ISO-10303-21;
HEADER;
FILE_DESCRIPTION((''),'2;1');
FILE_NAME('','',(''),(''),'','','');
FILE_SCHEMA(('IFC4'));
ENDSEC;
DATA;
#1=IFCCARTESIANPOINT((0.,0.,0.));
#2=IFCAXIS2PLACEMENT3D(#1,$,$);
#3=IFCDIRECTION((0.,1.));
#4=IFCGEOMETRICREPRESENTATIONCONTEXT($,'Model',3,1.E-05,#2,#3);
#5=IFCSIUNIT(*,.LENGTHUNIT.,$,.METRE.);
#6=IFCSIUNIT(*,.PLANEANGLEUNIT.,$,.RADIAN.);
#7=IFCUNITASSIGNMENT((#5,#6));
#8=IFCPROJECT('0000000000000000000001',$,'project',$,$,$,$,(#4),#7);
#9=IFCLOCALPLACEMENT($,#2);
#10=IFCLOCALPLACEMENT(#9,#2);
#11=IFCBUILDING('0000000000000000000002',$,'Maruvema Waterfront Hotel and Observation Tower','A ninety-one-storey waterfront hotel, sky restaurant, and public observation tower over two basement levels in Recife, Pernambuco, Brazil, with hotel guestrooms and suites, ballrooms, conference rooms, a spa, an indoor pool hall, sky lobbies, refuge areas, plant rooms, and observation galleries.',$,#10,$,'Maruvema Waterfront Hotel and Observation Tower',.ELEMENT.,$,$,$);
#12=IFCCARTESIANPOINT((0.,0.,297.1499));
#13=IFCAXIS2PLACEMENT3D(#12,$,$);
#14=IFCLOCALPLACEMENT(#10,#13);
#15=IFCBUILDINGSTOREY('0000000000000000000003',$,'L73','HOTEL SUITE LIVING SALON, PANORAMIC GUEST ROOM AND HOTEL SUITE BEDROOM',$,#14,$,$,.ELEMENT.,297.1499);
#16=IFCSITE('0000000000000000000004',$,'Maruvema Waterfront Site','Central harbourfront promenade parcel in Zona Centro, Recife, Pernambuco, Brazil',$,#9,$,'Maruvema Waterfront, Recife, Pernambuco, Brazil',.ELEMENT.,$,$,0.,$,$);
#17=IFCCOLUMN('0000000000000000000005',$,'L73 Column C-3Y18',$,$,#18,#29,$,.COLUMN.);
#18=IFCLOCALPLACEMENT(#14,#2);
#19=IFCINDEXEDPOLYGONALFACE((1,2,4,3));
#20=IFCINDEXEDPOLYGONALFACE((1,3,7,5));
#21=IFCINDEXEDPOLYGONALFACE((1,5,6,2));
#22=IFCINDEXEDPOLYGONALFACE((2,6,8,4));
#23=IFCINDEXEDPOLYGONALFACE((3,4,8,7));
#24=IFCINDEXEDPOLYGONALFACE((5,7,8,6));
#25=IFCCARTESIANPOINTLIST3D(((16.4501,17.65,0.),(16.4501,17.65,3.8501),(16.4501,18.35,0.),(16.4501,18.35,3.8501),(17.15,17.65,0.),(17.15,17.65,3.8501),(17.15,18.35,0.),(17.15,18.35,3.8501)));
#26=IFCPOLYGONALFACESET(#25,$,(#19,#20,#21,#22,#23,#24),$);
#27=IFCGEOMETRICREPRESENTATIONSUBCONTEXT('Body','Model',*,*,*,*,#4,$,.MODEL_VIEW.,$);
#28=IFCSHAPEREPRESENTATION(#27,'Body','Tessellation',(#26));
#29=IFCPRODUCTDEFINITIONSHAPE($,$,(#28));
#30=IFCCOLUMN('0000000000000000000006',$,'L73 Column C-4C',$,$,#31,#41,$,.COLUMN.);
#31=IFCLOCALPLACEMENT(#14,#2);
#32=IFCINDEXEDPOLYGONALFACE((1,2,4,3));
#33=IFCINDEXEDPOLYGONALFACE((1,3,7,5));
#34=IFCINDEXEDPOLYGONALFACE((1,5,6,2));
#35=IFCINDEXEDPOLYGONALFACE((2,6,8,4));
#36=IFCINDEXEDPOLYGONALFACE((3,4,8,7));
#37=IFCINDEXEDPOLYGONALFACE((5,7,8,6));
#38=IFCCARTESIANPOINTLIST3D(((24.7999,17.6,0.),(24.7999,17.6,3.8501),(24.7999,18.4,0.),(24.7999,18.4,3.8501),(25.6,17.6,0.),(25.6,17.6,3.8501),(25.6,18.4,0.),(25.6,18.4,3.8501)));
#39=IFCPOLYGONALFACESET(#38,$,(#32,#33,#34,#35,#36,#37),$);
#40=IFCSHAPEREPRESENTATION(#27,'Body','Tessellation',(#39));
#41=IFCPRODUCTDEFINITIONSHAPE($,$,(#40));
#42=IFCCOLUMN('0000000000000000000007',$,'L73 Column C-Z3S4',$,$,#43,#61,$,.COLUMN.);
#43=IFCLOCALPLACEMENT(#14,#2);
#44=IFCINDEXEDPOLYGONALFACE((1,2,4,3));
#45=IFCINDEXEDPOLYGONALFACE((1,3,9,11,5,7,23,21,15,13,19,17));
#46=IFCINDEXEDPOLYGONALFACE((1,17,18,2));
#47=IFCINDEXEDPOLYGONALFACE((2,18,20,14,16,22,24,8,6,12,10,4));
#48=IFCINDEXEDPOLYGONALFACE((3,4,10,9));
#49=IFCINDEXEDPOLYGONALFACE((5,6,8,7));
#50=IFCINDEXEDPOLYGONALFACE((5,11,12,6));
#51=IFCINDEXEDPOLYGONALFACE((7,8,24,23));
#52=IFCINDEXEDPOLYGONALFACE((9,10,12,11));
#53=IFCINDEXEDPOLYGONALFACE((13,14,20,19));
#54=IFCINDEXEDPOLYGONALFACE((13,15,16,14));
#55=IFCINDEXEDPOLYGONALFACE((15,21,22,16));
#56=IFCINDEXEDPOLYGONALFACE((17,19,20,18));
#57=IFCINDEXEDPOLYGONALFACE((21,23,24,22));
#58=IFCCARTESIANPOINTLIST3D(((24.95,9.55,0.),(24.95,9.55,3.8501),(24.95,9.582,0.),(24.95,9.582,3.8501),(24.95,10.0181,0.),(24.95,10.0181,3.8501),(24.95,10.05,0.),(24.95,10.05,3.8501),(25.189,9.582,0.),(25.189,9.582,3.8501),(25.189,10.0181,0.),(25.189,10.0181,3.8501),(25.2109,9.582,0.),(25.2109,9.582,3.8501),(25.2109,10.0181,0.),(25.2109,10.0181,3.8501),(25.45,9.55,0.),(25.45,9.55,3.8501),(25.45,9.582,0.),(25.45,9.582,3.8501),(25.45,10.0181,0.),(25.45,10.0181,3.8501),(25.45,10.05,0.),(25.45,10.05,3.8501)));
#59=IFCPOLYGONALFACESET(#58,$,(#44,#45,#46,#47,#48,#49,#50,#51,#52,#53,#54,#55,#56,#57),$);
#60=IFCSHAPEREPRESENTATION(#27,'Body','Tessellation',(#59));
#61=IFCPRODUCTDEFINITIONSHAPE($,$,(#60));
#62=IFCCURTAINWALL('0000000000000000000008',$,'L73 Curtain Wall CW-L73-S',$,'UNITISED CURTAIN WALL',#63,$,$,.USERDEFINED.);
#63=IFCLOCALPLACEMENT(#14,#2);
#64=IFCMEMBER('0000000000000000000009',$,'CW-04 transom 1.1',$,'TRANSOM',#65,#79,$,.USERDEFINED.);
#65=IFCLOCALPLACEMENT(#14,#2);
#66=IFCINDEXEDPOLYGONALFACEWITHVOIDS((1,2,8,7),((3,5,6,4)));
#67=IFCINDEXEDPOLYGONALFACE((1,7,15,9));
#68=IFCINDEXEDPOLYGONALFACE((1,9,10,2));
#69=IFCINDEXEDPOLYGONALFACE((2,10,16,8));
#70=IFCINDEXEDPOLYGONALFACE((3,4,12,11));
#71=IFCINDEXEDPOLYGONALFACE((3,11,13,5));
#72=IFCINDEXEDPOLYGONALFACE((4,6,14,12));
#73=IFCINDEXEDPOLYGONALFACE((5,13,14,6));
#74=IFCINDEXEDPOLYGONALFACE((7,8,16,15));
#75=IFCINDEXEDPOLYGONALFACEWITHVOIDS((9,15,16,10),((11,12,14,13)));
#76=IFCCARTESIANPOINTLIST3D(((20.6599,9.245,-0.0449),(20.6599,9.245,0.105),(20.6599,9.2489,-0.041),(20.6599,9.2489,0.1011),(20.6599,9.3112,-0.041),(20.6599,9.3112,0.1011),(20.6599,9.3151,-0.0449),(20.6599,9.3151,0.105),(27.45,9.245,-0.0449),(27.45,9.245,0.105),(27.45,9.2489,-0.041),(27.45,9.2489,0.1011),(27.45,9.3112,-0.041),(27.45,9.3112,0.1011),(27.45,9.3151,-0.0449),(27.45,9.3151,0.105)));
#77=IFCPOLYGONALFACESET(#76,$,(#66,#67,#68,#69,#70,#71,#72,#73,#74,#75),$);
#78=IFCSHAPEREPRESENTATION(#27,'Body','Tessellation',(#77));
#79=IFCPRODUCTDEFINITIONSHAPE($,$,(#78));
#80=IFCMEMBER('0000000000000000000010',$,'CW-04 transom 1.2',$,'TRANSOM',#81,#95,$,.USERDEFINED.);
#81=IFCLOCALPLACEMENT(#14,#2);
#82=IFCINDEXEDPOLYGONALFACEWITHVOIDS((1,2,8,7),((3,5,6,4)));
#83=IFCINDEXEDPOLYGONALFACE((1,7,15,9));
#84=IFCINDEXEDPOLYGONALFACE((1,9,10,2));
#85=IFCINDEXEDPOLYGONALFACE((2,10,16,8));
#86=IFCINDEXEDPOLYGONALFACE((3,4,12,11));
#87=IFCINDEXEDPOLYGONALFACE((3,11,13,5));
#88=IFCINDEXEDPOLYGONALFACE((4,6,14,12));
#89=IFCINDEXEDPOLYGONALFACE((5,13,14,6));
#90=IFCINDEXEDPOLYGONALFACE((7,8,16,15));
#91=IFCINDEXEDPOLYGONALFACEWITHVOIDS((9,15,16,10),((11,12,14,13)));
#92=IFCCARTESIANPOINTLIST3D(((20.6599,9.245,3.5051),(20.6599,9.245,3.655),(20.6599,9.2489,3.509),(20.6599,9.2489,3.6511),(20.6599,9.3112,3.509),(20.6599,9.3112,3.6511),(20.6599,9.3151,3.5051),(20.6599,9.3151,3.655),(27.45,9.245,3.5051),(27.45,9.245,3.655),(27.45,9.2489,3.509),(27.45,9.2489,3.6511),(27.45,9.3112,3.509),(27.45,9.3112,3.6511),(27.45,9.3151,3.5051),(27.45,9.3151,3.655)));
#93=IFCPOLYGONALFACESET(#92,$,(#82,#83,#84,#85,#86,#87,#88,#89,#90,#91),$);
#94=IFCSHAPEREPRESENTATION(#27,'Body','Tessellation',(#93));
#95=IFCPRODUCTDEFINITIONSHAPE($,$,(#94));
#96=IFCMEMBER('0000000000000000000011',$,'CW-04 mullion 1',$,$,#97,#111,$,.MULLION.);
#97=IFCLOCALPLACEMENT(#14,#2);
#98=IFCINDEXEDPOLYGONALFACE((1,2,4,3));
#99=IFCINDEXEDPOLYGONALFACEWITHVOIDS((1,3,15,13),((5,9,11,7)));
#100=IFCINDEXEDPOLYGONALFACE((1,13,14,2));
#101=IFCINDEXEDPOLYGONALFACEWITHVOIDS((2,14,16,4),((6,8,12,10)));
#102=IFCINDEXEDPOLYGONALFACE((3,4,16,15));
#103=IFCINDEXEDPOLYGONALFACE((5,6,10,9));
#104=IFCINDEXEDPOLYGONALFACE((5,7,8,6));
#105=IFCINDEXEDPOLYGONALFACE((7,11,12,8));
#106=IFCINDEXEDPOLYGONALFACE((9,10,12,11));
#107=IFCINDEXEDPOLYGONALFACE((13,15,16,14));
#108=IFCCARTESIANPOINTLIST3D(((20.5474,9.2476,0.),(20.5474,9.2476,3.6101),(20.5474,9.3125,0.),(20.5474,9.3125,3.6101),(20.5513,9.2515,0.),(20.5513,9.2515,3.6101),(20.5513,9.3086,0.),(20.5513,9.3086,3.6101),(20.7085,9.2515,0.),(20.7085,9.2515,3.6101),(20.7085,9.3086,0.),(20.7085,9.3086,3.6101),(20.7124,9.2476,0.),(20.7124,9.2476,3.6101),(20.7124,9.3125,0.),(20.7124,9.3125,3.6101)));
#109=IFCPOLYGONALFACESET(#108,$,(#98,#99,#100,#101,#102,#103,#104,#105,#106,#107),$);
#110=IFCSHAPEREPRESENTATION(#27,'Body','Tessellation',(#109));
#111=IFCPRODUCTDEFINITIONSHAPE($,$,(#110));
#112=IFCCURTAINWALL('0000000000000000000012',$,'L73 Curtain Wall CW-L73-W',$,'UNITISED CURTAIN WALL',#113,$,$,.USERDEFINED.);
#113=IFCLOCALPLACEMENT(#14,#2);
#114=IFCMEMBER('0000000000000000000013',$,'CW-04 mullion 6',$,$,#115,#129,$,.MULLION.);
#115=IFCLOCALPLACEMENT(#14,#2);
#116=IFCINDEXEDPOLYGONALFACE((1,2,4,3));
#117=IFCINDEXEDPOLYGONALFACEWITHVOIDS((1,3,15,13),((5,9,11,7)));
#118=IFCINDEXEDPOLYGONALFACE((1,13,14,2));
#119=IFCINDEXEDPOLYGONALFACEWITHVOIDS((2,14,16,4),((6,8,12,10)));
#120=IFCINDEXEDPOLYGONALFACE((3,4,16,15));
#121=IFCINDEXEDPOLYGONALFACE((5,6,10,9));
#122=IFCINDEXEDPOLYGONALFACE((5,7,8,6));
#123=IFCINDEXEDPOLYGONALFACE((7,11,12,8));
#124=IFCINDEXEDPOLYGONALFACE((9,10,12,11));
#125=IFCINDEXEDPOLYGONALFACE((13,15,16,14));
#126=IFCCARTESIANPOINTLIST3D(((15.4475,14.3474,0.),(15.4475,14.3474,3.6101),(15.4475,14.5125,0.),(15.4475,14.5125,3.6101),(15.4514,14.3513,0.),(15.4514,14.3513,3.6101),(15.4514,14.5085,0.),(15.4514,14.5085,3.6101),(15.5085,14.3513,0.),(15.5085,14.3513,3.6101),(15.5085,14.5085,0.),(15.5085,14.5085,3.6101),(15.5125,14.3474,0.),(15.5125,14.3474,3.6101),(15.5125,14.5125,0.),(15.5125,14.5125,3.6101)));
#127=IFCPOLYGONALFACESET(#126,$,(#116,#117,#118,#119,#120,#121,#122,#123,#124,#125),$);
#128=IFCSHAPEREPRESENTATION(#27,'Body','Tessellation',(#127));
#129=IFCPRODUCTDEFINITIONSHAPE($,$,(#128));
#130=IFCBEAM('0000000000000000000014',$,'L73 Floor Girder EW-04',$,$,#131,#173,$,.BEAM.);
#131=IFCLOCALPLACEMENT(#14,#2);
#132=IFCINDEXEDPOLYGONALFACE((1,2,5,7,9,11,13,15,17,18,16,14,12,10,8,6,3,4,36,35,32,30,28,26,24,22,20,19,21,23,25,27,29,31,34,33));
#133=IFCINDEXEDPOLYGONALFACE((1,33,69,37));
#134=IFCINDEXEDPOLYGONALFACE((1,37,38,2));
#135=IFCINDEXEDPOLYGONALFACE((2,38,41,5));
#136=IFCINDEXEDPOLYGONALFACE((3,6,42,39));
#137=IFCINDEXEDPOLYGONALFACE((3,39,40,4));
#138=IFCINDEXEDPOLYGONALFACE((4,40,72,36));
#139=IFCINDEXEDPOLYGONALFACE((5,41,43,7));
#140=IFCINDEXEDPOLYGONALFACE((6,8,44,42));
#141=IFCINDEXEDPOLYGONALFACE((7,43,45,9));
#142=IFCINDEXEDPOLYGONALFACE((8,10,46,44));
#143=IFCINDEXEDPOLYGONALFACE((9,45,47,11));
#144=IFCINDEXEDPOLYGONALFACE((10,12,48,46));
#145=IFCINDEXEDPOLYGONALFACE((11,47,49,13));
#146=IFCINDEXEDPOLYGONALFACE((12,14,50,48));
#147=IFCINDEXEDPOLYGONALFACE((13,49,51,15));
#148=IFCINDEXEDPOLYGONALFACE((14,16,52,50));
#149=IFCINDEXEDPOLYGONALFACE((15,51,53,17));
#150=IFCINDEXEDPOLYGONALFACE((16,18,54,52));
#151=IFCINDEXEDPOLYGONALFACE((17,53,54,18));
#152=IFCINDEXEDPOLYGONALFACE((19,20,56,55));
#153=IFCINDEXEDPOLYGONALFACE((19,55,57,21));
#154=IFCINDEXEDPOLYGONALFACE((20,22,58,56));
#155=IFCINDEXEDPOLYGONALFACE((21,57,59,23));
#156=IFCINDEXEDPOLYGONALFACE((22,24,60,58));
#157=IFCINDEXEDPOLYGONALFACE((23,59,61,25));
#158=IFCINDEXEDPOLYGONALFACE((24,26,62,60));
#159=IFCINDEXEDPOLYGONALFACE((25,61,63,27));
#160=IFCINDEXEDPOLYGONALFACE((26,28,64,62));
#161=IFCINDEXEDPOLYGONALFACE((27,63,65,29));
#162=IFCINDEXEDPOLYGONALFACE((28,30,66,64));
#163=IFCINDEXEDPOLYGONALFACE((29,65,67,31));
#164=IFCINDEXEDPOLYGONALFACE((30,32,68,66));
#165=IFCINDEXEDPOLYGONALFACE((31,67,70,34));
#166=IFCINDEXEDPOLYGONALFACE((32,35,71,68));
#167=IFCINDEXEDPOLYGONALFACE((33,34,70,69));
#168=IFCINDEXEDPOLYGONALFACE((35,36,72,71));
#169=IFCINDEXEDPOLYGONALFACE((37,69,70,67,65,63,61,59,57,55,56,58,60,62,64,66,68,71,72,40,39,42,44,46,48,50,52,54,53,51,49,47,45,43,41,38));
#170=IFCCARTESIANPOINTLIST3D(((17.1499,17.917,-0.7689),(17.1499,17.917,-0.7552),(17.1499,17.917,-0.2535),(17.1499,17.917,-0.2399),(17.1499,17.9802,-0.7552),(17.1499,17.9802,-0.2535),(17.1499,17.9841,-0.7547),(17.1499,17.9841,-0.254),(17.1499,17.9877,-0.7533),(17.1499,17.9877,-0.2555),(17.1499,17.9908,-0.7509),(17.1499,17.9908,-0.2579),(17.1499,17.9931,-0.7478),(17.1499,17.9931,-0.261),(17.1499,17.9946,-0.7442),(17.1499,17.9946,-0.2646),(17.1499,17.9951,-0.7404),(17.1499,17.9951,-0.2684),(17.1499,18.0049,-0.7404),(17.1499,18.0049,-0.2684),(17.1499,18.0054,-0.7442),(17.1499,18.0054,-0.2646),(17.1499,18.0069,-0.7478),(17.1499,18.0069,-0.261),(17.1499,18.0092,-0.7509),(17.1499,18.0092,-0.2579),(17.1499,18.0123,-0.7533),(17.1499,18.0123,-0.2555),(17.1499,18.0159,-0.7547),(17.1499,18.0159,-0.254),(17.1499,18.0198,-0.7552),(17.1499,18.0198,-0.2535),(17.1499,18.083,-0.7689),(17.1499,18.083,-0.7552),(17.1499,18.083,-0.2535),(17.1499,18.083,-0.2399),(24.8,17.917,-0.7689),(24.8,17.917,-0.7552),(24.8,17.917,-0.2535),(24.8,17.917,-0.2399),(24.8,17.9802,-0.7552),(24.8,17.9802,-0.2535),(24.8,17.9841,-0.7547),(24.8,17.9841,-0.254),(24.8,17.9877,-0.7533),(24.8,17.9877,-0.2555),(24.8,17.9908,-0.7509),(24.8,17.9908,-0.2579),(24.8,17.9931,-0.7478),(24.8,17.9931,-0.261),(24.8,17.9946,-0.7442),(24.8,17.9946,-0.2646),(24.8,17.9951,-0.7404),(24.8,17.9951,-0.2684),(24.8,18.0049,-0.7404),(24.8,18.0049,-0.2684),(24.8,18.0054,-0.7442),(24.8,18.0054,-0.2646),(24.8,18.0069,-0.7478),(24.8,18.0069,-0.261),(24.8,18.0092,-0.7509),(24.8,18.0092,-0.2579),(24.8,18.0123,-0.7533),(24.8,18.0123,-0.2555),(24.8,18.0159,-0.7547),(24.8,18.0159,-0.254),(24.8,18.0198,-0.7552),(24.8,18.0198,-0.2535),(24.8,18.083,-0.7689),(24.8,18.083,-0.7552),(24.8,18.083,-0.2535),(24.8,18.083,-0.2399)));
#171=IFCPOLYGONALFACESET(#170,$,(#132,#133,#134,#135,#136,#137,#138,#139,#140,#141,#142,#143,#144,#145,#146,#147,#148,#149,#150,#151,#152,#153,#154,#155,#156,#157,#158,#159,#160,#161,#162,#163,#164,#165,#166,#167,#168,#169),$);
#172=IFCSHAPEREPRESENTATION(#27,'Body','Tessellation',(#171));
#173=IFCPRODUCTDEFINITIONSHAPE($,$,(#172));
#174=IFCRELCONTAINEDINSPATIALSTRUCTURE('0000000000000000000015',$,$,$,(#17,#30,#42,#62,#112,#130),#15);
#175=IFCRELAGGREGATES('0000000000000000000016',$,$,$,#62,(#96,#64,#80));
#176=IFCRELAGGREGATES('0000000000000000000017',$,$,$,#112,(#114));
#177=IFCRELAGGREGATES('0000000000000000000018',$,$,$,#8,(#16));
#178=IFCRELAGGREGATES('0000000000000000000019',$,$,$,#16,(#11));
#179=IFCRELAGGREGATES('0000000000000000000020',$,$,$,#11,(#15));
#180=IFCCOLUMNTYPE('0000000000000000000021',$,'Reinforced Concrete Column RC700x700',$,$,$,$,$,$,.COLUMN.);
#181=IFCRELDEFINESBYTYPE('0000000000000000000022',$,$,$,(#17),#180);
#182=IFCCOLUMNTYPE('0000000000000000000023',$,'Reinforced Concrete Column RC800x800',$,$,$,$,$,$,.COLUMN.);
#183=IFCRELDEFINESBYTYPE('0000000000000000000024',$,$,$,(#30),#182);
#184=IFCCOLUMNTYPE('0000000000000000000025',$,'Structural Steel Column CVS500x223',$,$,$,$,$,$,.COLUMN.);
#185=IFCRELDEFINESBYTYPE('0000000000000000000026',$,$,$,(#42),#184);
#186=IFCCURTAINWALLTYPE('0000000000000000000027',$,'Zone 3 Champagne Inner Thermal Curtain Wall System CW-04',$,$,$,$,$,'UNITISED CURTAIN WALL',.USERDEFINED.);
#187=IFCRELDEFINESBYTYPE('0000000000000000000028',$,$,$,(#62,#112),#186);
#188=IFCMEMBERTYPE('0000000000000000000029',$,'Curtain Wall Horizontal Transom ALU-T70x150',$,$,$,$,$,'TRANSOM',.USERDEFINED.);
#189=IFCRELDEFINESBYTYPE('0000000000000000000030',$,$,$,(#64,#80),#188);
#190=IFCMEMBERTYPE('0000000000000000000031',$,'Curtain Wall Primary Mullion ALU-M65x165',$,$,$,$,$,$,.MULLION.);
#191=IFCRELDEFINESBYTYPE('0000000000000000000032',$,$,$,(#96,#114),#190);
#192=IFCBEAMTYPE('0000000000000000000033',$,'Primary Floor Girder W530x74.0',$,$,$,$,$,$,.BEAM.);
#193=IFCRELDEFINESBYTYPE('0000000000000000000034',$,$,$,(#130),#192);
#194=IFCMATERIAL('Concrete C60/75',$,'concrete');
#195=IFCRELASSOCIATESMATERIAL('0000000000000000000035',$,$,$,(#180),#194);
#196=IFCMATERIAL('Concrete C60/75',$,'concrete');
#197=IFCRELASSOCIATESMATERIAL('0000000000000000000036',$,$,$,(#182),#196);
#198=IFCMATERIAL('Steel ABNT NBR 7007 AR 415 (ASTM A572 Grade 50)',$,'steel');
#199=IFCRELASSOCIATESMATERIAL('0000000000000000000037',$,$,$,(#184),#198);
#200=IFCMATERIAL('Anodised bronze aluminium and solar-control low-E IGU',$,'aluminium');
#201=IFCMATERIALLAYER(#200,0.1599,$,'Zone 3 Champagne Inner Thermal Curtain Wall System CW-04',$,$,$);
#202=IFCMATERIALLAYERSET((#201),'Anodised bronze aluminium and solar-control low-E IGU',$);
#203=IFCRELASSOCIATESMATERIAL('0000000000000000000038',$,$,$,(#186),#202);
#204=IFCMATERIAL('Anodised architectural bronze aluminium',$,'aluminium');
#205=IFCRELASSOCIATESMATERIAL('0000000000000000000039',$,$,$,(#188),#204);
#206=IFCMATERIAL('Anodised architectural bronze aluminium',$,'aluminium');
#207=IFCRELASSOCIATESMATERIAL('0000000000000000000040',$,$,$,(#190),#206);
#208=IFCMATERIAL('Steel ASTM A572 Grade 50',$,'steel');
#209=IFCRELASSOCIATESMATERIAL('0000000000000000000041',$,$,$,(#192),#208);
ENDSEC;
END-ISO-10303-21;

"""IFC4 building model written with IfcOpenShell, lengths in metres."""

from ifc_helpers import new_model, si_unit, direction, frame, origin, origin_2d, place, context, subcontext, project, spatial, rectangle, hollow_rectangle, i_section, extrude, material, layer, layer_set, material_profile, profile_set, type_object, element, aggregate, save


model = new_model("IFC4")

# Units and contexts
model_context = context("Model", 3, precision=1e-05, world=origin(), true_north=direction((0.0, 1.0)))
body_context = subcontext(model_context, "Body", "Model", "MODEL_VIEW")
ifc_project = project(units=[si_unit("LENGTHUNIT", "METRE"), si_unit("PLANEANGLEUNIT", "RADIAN")], contexts=[model_context])

# Site, building, storey
site_placement = place(None, origin())
site = spatial("IfcSite", under=ifc_project, at=site_placement, Name="Maruvema Waterfront Site", Description="Central harbourfront promenade parcel in Zona Centro, Recife, Pernambuco, Brazil", LongName="Maruvema Waterfront, Recife, Pernambuco, Brazil", CompositionType="ELEMENT", RefElevation=0.0)
building_placement = place(site_placement, origin())
building = spatial("IfcBuilding", under=site, at=building_placement, Name="Maruvema Waterfront Hotel and Observation Tower", Description="A ninety-one-storey waterfront hotel, sky restaurant, and public observation tower over two basement levels in Recife, Pernambuco, Brazil, with hotel guestrooms and suites, ballrooms, conference rooms, a spa, an indoor pool hall, sky lobbies, refuge areas, plant rooms, and observation galleries.", LongName="Maruvema Waterfront Hotel and Observation Tower", CompositionType="ELEMENT")
storey_placement = place(building_placement, frame((0.0, 0.0, 297.1499)))
storey = spatial("IfcBuildingStorey", under=building, at=storey_placement, Name="L73", Description="HOTEL SUITE LIVING SALON, PANORAMIC GUEST ROOM AND HOTEL SUITE BEDROOM", CompositionType="ELEMENT", Elevation=297.1499)

# Columns
ifc_material_1 = material(Name="Concrete C60/75", Category="concrete")
ifc_material_profile_1 = material_profile(ifc_material_1, rectangle(XDim=0.7, YDim=0.7, at=origin_2d()), Name="RC700x700")
ifc_profile_set_1 = profile_set([ifc_material_profile_1], Name="Concrete C60/75")
column_type_1 = type_object("IfcColumnType", Name="Reinforced Concrete Column RC700x700", PredefinedType="COLUMN", material=ifc_profile_set_1)
column_1_placement = place(storey_placement, frame((16.8, 18.0, 0.0), z_axis=(0.0, 0.0, 1.0), x_axis=(1.0, 0.0, 0.0)))
element("IfcColumn", 1, at=column_1_placement, inside=storey, type_object=column_type_1, Name="L73 Column C-3Y18", PredefinedType="COLUMN", context=body_context, shape_type="SweptSolid", body=[
    extrude(rectangle(XDim=0.7, YDim=0.7, at=origin_2d()), origin(), (0.0, 0.0, 1.0), 3.8501),
])
ifc_material_2 = material(Name="Concrete C60/75", Category="concrete")
ifc_material_profile_2 = material_profile(ifc_material_2, rectangle(XDim=0.8, YDim=0.8, at=origin_2d()), Name="RC800x800")
ifc_profile_set_2 = profile_set([ifc_material_profile_2], Name="Concrete C60/75")
column_type_2 = type_object("IfcColumnType", Name="Reinforced Concrete Column RC800x800", PredefinedType="COLUMN", material=ifc_profile_set_2)
column_2_placement = place(storey_placement, frame((25.2, 18.0, 0.0), z_axis=(0.0, 0.0, 1.0), x_axis=(1.0, 0.0, 0.0)))
element("IfcColumn", 2, at=column_2_placement, inside=storey, type_object=column_type_2, Name="L73 Column C-4C", PredefinedType="COLUMN", context=body_context, shape_type="SweptSolid", body=[
    extrude(rectangle(XDim=0.8, YDim=0.8, at=origin_2d()), origin(), (0.0, 0.0, 1.0), 3.8501),
])
ifc_material_3 = material(Name="Steel ABNT NBR 7007 AR 415 (ASTM A572 Grade 50)", Category="steel")
ifc_material_profile_3 = material_profile(ifc_material_3, i_section(OverallWidth=0.5, OverallDepth=0.5, WebThickness=0.022, FlangeThickness=0.032, at=origin_2d()), Name="CVS500x223")
ifc_profile_set_3 = profile_set([ifc_material_profile_3], Name="Steel ABNT NBR 7007 AR 415 (ASTM A572 Grade 50)")
column_type_3 = type_object("IfcColumnType", Name="Structural Steel Column CVS500x223", PredefinedType="COLUMN", material=ifc_profile_set_3)
column_3_placement = place(storey_placement, frame((25.2, 9.8, 0.0), z_axis=(0.0, 0.0, 1.0), x_axis=(1.0, 0.0, 0.0)))
element("IfcColumn", 3, at=column_3_placement, inside=storey, type_object=column_type_3, Name="L73 Column C-Z3S4", PredefinedType="COLUMN", context=body_context, shape_type="SweptSolid", body=[
    extrude(i_section(OverallWidth=0.5, OverallDepth=0.5, WebThickness=0.022, FlangeThickness=0.032, at=origin_2d()), origin(), (0.0, 0.0, 1.0), 3.8501),
])

# Curtain wall, members
ifc_material_4 = material(Name="Anodised bronze aluminium and solar-control low-E IGU", Category="aluminium")
ifc_layer_1 = layer(ifc_material_4, 0.1599, Name="Zone 3 Champagne Inner Thermal Curtain Wall System CW-04")
ifc_layer_set_1 = layer_set([ifc_layer_1], Name="Anodised bronze aluminium and solar-control low-E IGU")
curtain_wall_type = type_object("IfcCurtainWallType", Name="Zone 3 Champagne Inner Thermal Curtain Wall System CW-04", ElementType="UNITISED CURTAIN WALL", PredefinedType="USERDEFINED", material=ifc_layer_set_1)
curtain_wall_1_placement = place(storey_placement, origin())
curtain_wall_1 = element("IfcCurtainWall", 4, at=curtain_wall_1_placement, inside=storey, type_object=curtain_wall_type, Name="L73 Curtain Wall CW-L73-S", ObjectType="UNITISED CURTAIN WALL", PredefinedType="USERDEFINED")
ifc_material_5 = material(Name="Anodised architectural bronze aluminium", Category="aluminium")
ifc_material_profile_4 = material_profile(ifc_material_5, hollow_rectangle(XDim=0.0701, YDim=0.1499, WallThickness=0.0039, at=origin_2d()), Name="ALU-T70x150")
ifc_profile_set_4 = profile_set([ifc_material_profile_4], Name="Anodised architectural bronze aluminium")
member_type_1 = type_object("IfcMemberType", Name="Curtain Wall Horizontal Transom ALU-T70x150", ElementType="TRANSOM", PredefinedType="USERDEFINED", material=ifc_profile_set_4)
member_1_placement = place(storey_placement, frame((20.6599, 9.28, 0.03), z_axis=(1.0, 0.0, 0.0), x_axis=(0.0, 1.0, 0.0)))
member_1 = element("IfcMember", 5, at=member_1_placement, type_object=member_type_1, Name="CW-04 transom 1.1", ObjectType="TRANSOM", PredefinedType="USERDEFINED", context=body_context, shape_type="SweptSolid", body=[
    extrude(hollow_rectangle(XDim=0.0701, YDim=0.1499, WallThickness=0.0039, at=origin_2d()), origin(), (0.0, 0.0, 1.0), 6.79),
])
member_2_placement = place(storey_placement, frame((20.6599, 9.28, 3.5801), z_axis=(1.0, 0.0, 0.0), x_axis=(0.0, 1.0, 0.0)))
member_2 = element("IfcMember", 6, at=member_2_placement, type_object=member_type_1, Name="CW-04 transom 1.2", ObjectType="TRANSOM", PredefinedType="USERDEFINED", context=body_context, shape_type="SweptSolid", body=[
    extrude(hollow_rectangle(XDim=0.0701, YDim=0.1499, WallThickness=0.0039, at=origin_2d()), origin(), (0.0, 0.0, 1.0), 6.79),
])
ifc_material_6 = material(Name="Anodised architectural bronze aluminium", Category="aluminium")
ifc_material_profile_5 = material_profile(ifc_material_6, hollow_rectangle(XDim=0.0649, YDim=0.165, WallThickness=0.0039, at=origin_2d()), Name="ALU-M65x165")
ifc_profile_set_5 = profile_set([ifc_material_profile_5], Name="Anodised architectural bronze aluminium")
member_type_2 = type_object("IfcMemberType", Name="Curtain Wall Primary Mullion ALU-M65x165", PredefinedType="MULLION", material=ifc_profile_set_5)
member_3_placement = place(storey_placement, frame((20.6299, 9.28, 0.0), z_axis=(0.0, 0.0, 1.0), x_axis=(0.0, 1.0, 0.0)))
member_3 = element("IfcMember", 7, at=member_3_placement, type_object=member_type_2, Name="CW-04 mullion 1", PredefinedType="MULLION", context=body_context, shape_type="SweptSolid", body=[
    extrude(hollow_rectangle(XDim=0.0649, YDim=0.165, WallThickness=0.0039, at=origin_2d()), origin(), (0.0, 0.0, 1.0), 3.6101),
])

# Curtain wall, member
curtain_wall_2_placement = place(storey_placement, origin())
curtain_wall_2 = element("IfcCurtainWall", 8, at=curtain_wall_2_placement, inside=storey, type_object=curtain_wall_type, Name="L73 Curtain Wall CW-L73-W", ObjectType="UNITISED CURTAIN WALL", PredefinedType="USERDEFINED")
member_4_placement = place(storey_placement, frame((15.48, 14.4299, 0.0), z_axis=(0.0, 0.0, 1.0), x_axis=(1.0, 0.0, 0.0)))
member_4 = element("IfcMember", 9, at=member_4_placement, type_object=member_type_2, Name="CW-04 mullion 6", PredefinedType="MULLION", context=body_context, shape_type="SweptSolid", body=[
    extrude(hollow_rectangle(XDim=0.0649, YDim=0.165, WallThickness=0.0039, at=origin_2d()), origin(), (0.0, 0.0, 1.0), 3.6101),
])

# Beam
ifc_material_7 = material(Name="Steel ASTM A572 Grade 50", Category="steel")
ifc_material_profile_6 = material_profile(ifc_material_7, i_section(OverallWidth=0.166, OverallDepth=0.5291, WebThickness=0.0098, FlangeThickness=0.0137, FilletRadius=0.0149, at=origin_2d()), Name="W530x74.0")
ifc_profile_set_6 = profile_set([ifc_material_profile_6], Name="Steel ASTM A572 Grade 50")
beam_type_1 = type_object("IfcBeamType", Name="Primary Floor Girder W530x74.0", PredefinedType="BEAM", material=ifc_profile_set_6)
beam_1_placement = place(storey_placement, frame((17.1499, 18.0, -0.5044), z_axis=(1.0, 0.0, 0.0), x_axis=(0.0, 1.0, 0.0)))
element("IfcBeam", 10, at=beam_1_placement, inside=storey, type_object=beam_type_1, Name="L73 Floor Girder EW-04", PredefinedType="BEAM", context=body_context, shape_type="SweptSolid", body=[
    extrude(i_section(OverallWidth=0.166, OverallDepth=0.5291, WebThickness=0.0098, FlangeThickness=0.0137, FilletRadius=0.0149, at=origin_2d()), origin(), (0.0, 0.0, 1.0), 7.6501),
])

aggregate(curtain_wall_1, [member_3, member_1, member_2])
aggregate(curtain_wall_2, [member_4])

save(model, "model.ifc")
